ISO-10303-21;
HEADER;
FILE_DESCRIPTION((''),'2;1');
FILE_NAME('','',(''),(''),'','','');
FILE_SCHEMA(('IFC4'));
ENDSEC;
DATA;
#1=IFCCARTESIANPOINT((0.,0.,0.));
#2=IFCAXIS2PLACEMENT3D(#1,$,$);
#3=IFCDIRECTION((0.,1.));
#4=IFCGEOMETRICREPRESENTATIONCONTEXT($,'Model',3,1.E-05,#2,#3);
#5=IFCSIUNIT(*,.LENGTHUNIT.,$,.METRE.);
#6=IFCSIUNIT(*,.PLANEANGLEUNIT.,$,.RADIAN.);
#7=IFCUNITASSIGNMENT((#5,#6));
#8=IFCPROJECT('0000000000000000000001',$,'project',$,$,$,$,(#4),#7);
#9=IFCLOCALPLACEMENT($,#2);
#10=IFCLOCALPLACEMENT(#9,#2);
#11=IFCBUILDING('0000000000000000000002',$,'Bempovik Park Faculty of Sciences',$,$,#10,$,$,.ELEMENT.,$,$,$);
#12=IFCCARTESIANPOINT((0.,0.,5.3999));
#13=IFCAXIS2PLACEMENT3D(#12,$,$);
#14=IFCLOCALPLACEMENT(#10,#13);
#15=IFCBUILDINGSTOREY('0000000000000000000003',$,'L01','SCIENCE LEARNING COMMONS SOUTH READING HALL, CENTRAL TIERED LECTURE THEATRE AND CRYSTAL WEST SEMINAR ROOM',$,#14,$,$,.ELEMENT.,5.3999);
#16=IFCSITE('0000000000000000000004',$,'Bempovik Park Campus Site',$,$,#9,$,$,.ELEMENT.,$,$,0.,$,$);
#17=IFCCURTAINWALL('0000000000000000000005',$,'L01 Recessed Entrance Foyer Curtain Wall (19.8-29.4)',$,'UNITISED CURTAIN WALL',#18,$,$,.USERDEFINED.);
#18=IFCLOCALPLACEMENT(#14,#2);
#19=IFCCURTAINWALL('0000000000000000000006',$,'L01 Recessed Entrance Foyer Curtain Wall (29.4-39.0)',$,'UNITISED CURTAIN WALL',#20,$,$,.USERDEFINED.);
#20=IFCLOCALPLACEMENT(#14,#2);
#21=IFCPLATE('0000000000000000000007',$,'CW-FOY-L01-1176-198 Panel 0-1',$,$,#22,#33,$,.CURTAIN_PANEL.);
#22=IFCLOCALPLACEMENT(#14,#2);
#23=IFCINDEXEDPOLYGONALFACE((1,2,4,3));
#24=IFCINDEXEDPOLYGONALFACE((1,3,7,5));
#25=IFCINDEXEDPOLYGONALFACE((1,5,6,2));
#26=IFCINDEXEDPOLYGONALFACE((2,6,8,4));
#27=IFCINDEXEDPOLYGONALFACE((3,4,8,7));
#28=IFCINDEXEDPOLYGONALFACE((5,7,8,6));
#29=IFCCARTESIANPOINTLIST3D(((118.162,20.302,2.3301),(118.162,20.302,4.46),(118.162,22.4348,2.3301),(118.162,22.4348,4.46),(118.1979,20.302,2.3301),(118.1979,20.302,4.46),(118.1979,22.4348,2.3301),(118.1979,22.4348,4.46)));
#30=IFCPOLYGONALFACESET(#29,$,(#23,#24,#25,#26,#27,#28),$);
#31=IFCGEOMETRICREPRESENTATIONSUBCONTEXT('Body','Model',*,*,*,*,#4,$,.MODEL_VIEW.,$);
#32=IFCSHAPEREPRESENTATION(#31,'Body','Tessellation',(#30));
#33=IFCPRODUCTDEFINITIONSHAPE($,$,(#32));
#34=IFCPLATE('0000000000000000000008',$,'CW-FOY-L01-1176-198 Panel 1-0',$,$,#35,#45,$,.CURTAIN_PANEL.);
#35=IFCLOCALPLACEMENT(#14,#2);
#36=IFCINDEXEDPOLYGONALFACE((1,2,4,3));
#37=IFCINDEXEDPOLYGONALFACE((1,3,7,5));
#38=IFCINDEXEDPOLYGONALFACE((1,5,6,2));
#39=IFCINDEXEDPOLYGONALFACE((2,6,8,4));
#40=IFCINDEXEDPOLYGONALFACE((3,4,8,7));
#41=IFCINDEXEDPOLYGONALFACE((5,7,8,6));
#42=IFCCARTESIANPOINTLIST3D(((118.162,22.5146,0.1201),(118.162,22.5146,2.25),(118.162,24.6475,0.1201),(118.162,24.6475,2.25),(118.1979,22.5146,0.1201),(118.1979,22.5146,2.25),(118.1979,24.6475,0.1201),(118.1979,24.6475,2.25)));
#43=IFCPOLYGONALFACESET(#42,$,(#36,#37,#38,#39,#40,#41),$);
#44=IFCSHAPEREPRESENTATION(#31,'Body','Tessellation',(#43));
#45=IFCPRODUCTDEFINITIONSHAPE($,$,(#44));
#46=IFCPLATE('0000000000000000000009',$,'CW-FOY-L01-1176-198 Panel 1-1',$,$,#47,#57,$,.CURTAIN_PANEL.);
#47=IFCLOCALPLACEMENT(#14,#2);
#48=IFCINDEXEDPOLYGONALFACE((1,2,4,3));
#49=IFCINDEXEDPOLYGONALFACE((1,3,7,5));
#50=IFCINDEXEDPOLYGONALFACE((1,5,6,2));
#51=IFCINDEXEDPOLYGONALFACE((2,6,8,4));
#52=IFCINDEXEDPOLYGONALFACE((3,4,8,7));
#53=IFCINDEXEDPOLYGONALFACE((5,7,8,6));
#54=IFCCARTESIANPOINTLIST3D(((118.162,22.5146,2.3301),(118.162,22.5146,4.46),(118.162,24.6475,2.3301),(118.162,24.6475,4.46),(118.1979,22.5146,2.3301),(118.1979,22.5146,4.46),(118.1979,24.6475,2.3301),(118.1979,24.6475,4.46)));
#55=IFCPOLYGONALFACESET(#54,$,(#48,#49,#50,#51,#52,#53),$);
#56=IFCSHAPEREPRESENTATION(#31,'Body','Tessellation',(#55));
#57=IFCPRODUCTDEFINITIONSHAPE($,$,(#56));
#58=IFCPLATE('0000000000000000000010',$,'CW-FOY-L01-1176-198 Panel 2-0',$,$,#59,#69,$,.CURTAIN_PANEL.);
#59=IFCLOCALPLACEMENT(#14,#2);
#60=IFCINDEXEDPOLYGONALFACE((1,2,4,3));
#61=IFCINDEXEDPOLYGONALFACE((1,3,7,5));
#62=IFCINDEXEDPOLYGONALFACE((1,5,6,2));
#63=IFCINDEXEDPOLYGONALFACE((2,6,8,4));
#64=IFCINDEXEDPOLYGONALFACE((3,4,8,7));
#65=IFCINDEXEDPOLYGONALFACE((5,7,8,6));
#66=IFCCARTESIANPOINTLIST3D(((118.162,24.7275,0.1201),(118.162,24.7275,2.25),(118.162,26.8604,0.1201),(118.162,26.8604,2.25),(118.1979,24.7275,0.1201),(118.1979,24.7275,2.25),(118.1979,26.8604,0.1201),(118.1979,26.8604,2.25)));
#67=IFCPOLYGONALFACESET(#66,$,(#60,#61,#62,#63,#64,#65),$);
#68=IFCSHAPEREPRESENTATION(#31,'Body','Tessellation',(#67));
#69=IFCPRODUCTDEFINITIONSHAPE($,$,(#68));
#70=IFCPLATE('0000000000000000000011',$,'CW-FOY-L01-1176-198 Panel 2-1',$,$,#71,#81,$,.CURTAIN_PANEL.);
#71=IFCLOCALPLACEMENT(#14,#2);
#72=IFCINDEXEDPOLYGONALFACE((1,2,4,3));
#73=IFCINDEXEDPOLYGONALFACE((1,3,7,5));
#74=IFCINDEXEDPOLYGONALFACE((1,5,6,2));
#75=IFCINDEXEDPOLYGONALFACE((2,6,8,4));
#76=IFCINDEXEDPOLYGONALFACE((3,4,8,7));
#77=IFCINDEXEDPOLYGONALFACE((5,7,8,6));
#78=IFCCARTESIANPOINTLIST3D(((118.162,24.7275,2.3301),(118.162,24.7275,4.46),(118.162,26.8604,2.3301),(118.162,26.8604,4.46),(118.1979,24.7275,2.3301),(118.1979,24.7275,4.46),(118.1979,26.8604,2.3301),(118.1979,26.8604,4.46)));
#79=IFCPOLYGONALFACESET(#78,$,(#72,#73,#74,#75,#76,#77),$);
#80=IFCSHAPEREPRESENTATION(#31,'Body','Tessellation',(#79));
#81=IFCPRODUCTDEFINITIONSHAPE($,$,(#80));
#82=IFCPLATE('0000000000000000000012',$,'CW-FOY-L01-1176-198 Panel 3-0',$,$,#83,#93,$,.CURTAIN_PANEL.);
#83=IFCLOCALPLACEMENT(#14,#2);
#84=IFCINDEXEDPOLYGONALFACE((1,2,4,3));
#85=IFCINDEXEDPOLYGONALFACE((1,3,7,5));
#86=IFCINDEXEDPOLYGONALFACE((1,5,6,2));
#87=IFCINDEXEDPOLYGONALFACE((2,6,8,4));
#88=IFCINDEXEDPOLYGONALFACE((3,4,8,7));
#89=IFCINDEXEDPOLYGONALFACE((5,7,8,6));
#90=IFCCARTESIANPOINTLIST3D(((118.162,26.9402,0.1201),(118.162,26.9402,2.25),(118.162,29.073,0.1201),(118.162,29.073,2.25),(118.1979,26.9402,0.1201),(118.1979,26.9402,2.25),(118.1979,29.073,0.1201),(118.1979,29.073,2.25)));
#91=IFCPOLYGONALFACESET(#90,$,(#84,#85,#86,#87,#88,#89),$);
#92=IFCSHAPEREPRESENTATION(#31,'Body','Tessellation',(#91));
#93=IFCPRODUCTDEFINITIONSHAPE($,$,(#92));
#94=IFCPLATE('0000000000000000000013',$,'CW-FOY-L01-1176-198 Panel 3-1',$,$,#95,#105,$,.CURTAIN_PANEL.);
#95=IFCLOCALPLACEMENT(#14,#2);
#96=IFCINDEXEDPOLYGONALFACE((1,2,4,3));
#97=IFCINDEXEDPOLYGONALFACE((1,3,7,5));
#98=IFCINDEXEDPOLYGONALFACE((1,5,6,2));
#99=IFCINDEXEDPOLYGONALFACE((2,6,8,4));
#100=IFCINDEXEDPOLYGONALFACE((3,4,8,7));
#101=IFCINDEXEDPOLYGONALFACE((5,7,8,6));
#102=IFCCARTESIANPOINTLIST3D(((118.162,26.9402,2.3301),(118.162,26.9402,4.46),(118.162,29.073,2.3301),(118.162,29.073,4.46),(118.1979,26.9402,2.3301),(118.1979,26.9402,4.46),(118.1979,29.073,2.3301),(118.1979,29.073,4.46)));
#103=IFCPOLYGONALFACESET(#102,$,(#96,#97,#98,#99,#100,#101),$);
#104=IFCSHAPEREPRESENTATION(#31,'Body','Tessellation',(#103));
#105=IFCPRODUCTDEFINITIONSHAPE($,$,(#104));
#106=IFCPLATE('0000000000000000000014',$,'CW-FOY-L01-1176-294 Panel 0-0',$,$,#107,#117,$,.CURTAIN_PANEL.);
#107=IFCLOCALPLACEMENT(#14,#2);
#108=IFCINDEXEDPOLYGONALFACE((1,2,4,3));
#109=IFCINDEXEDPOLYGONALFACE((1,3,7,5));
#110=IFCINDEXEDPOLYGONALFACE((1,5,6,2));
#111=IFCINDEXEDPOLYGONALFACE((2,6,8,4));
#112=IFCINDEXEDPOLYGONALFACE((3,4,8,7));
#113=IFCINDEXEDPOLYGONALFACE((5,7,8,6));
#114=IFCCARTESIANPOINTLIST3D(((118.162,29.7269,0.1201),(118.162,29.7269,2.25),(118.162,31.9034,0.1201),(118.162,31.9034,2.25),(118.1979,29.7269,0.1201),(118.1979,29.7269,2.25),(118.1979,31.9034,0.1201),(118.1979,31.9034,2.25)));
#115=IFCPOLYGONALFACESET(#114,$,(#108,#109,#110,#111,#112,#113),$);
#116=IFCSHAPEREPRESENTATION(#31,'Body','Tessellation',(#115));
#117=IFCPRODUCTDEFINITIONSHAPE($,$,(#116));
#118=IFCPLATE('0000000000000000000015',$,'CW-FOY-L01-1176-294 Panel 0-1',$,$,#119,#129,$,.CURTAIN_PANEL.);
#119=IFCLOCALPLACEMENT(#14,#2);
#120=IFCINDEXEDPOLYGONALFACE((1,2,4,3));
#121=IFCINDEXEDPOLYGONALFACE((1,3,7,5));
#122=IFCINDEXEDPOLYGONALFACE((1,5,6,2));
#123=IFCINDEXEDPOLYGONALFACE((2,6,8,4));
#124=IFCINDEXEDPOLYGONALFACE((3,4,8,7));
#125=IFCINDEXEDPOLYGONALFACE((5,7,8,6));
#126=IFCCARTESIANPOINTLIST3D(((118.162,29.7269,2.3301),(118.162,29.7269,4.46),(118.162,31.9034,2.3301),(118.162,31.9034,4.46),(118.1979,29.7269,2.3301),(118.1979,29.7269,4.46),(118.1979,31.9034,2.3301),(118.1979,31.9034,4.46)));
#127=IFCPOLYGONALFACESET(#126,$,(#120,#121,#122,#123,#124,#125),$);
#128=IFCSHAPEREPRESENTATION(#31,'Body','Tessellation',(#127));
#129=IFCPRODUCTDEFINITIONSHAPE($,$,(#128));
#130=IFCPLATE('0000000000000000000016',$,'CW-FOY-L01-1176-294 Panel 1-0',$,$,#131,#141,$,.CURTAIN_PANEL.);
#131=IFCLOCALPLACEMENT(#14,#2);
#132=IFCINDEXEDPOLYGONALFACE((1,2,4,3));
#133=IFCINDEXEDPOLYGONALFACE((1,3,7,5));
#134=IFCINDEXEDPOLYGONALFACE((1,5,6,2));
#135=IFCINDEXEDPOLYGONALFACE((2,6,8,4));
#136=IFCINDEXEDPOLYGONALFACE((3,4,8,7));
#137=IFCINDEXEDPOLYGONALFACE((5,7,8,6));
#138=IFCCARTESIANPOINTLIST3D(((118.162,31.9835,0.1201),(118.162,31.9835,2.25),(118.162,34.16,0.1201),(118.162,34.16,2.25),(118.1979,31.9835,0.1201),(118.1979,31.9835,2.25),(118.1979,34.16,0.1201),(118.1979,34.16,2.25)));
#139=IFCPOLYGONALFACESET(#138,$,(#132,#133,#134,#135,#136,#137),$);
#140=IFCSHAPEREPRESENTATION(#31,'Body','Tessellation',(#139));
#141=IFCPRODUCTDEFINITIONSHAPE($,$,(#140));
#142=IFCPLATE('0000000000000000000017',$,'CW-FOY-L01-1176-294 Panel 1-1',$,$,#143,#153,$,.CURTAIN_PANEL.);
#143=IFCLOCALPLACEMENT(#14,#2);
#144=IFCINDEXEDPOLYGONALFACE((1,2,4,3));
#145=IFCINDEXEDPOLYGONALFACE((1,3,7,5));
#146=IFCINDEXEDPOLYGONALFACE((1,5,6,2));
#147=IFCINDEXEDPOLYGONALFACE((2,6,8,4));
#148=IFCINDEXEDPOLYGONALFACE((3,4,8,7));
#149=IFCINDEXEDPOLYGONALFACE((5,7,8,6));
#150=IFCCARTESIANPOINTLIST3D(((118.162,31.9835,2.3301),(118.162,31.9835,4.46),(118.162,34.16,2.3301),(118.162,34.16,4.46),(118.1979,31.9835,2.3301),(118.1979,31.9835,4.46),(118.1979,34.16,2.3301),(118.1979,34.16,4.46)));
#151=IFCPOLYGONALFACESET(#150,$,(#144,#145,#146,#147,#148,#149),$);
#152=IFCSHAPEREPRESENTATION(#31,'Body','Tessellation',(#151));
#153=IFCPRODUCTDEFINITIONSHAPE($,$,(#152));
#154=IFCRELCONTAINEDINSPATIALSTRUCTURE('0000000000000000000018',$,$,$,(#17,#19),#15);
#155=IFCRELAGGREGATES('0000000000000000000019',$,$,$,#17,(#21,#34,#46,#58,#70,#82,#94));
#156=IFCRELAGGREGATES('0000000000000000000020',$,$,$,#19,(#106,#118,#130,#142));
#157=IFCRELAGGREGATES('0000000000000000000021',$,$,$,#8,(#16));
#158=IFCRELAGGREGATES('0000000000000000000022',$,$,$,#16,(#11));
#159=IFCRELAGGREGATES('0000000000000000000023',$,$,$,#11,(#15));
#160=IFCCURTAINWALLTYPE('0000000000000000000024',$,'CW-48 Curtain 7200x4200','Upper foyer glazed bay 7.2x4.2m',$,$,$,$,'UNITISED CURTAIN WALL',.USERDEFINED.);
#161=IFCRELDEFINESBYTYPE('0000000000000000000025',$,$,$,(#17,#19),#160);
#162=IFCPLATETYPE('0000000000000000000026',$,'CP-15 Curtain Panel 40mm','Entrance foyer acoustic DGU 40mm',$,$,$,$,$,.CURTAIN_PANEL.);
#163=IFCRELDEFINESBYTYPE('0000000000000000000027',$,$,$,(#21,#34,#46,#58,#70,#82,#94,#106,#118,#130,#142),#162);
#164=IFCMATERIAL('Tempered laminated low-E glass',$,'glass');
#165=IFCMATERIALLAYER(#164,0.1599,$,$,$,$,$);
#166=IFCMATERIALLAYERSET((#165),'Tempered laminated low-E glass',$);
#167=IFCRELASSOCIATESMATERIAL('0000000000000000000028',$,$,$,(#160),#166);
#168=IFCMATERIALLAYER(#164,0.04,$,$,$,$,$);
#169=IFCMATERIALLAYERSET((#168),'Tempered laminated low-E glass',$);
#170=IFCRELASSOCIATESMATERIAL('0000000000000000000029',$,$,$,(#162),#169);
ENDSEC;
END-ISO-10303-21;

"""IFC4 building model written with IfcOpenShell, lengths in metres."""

from ifc_helpers import new_model, si_unit, direction, frame, origin, origin_2d, place, context, subcontext, project, spatial, rectangle, extrude, material, layer, layer_set, type_object, element, aggregate, save


model = new_model("IFC4")

# Units and contexts
model_context = context("Model", 3, precision=1e-05, world=origin(), true_north=direction((0.0, 1.0)))
body_context = subcontext(model_context, "Body", "Model", "MODEL_VIEW")
ifc_project = project(units=[si_unit("LENGTHUNIT", "METRE"), si_unit("PLANEANGLEUNIT", "RADIAN")], contexts=[model_context])

# Site, building, storey
site_placement = place(None, origin())
site = spatial("IfcSite", under=ifc_project, at=site_placement, Name="Bempovik Park Campus Site", CompositionType="ELEMENT", RefElevation=0.0)
building_placement = place(site_placement, origin())
building = spatial("IfcBuilding", under=site, at=building_placement, Name="Bempovik Park Faculty of Sciences", CompositionType="ELEMENT")
storey_placement = place(building_placement, frame((0.0, 0.0, 5.3999)))
storey = spatial("IfcBuildingStorey", under=building, at=storey_placement, Name="L01", Description="SCIENCE LEARNING COMMONS SOUTH READING HALL, CENTRAL TIERED LECTURE THEATRE AND CRYSTAL WEST SEMINAR ROOM", CompositionType="ELEMENT", Elevation=5.3999)

# Curtain walls
ifc_material_1 = material(Name="Tempered laminated low-E glass", Category="glass")
ifc_layer_1 = layer(ifc_material_1, 0.1599)
ifc_layer_set_1 = layer_set([ifc_layer_1], Name="Tempered laminated low-E glass")
curtain_wall_type = type_object("IfcCurtainWallType", Name="CW-48 Curtain 7200x4200", Description="Upper foyer glazed bay 7.2x4.2m", ElementType="UNITISED CURTAIN WALL", PredefinedType="USERDEFINED", material=ifc_layer_set_1)
curtain_wall_1_placement = place(storey_placement, origin())
curtain_wall_1 = element("IfcCurtainWall", 1, at=curtain_wall_1_placement, inside=storey, type_object=curtain_wall_type, Name="L01 Recessed Entrance Foyer Curtain Wall (19.8-29.4)", ObjectType="UNITISED CURTAIN WALL", PredefinedType="USERDEFINED")
curtain_wall_2_placement = place(storey_placement, origin())
curtain_wall_2 = element("IfcCurtainWall", 2, at=curtain_wall_2_placement, inside=storey, type_object=curtain_wall_type, Name="L01 Recessed Entrance Foyer Curtain Wall (29.4-39.0)", ObjectType="UNITISED CURTAIN WALL", PredefinedType="USERDEFINED")

# Plates
ifc_layer_2 = layer(ifc_material_1, 0.04)
ifc_layer_set_2 = layer_set([ifc_layer_2], Name="Tempered laminated low-E glass")
plate_type = type_object("IfcPlateType", Name="CP-15 Curtain Panel 40mm", Description="Entrance foyer acoustic DGU 40mm", PredefinedType="CURTAIN_PANEL", material=ifc_layer_set_2)
plate_1_placement = place(storey_placement, frame((118.1799, 21.3684, 2.3301), z_axis=(0.0, 0.0, 1.0), x_axis=(0.0, 1.0, 0.0)))
plate_1 = element("IfcPlate", 3, at=plate_1_placement, type_object=plate_type, Name="CW-FOY-L01-1176-198 Panel 0-1", PredefinedType="CURTAIN_PANEL", context=body_context, shape_type="SweptSolid", body=[
    extrude(rectangle(XDim=2.1328, YDim=0.0359, at=origin_2d()), origin(), (0.0, 0.0, 1.0), 2.1299),
])
plate_2_placement = place(storey_placement, frame((118.1799, 23.5811, 0.1201), z_axis=(0.0, 0.0, 1.0), x_axis=(0.0, 1.0, 0.0)))
plate_2 = element("IfcPlate", 4, at=plate_2_placement, type_object=plate_type, Name="CW-FOY-L01-1176-198 Panel 1-0", PredefinedType="CURTAIN_PANEL", context=body_context, shape_type="SweptSolid", body=[
    extrude(rectangle(XDim=2.1328, YDim=0.0359, at=origin_2d()), origin(), (0.0, 0.0, 1.0), 2.1299),
])
plate_3_placement = place(storey_placement, frame((118.1799, 23.5811, 2.3301), z_axis=(0.0, 0.0, 1.0), x_axis=(0.0, 1.0, 0.0)))
plate_3 = element("IfcPlate", 5, at=plate_3_placement, type_object=plate_type, Name="CW-FOY-L01-1176-198 Panel 1-1", PredefinedType="CURTAIN_PANEL", context=body_context, shape_type="SweptSolid", body=[
    extrude(rectangle(XDim=2.1328, YDim=0.0359, at=origin_2d()), origin(), (0.0, 0.0, 1.0), 2.1299),
])
plate_4_placement = place(storey_placement, frame((118.1799, 25.7939, 0.1201), z_axis=(0.0, 0.0, 1.0), x_axis=(0.0, 1.0, 0.0)))
plate_4 = element("IfcPlate", 6, at=plate_4_placement, type_object=plate_type, Name="CW-FOY-L01-1176-198 Panel 2-0", PredefinedType="CURTAIN_PANEL", context=body_context, shape_type="SweptSolid", body=[
    extrude(rectangle(XDim=2.1328, YDim=0.0359, at=origin_2d()), origin(), (0.0, 0.0, 1.0), 2.1299),
])
plate_5_placement = place(storey_placement, frame((118.1799, 25.7939, 2.3301), z_axis=(0.0, 0.0, 1.0), x_axis=(0.0, 1.0, 0.0)))
plate_5 = element("IfcPlate", 7, at=plate_5_placement, type_object=plate_type, Name="CW-FOY-L01-1176-198 Panel 2-1", PredefinedType="CURTAIN_PANEL", context=body_context, shape_type="SweptSolid", body=[
    extrude(rectangle(XDim=2.1328, YDim=0.0359, at=origin_2d()), origin(), (0.0, 0.0, 1.0), 2.1299),
])
plate_6_placement = place(storey_placement, frame((118.1799, 28.0066, 0.1201), z_axis=(0.0, 0.0, 1.0), x_axis=(0.0, 1.0, 0.0)))
plate_6 = element("IfcPlate", 8, at=plate_6_placement, type_object=plate_type, Name="CW-FOY-L01-1176-198 Panel 3-0", PredefinedType="CURTAIN_PANEL", context=body_context, shape_type="SweptSolid", body=[
    extrude(rectangle(XDim=2.1328, YDim=0.0359, at=origin_2d()), origin(), (0.0, 0.0, 1.0), 2.1299),
])
plate_7_placement = place(storey_placement, frame((118.1799, 28.0066, 2.3301), z_axis=(0.0, 0.0, 1.0), x_axis=(0.0, 1.0, 0.0)))
plate_7 = element("IfcPlate", 9, at=plate_7_placement, type_object=plate_type, Name="CW-FOY-L01-1176-198 Panel 3-1", PredefinedType="CURTAIN_PANEL", context=body_context, shape_type="SweptSolid", body=[
    extrude(rectangle(XDim=2.1328, YDim=0.0359, at=origin_2d()), origin(), (0.0, 0.0, 1.0), 2.1299),
])
aggregate(curtain_wall_1, [plate_1, plate_2, plate_3, plate_4, plate_5, plate_6, plate_7])
plate_8_placement = place(storey_placement, frame((118.1799, 30.8152, 0.1201), z_axis=(0.0, 0.0, 1.0), x_axis=(0.0, 1.0, 0.0)))
plate_8 = element("IfcPlate", 10, at=plate_8_placement, type_object=plate_type, Name="CW-FOY-L01-1176-294 Panel 0-0", PredefinedType="CURTAIN_PANEL", context=body_context, shape_type="SweptSolid", body=[
    extrude(rectangle(XDim=2.1765, YDim=0.0359, at=origin_2d()), origin(), (0.0, 0.0, 1.0), 2.1299),
])
plate_9_placement = place(storey_placement, frame((118.1799, 30.8152, 2.3301), z_axis=(0.0, 0.0, 1.0), x_axis=(0.0, 1.0, 0.0)))
plate_9 = element("IfcPlate", 11, at=plate_9_placement, type_object=plate_type, Name="CW-FOY-L01-1176-294 Panel 0-1", PredefinedType="CURTAIN_PANEL", context=body_context, shape_type="SweptSolid", body=[
    extrude(rectangle(XDim=2.1765, YDim=0.0359, at=origin_2d()), origin(), (0.0, 0.0, 1.0), 2.1299),
])
plate_10_placement = place(storey_placement, frame((118.1799, 33.0718, 0.1201), z_axis=(0.0, 0.0, 1.0), x_axis=(0.0, 1.0, 0.0)))
plate_10 = element("IfcPlate", 12, at=plate_10_placement, type_object=plate_type, Name="CW-FOY-L01-1176-294 Panel 1-0", PredefinedType="CURTAIN_PANEL", context=body_context, shape_type="SweptSolid", body=[
    extrude(rectangle(XDim=2.1765, YDim=0.0359, at=origin_2d()), origin(), (0.0, 0.0, 1.0), 2.1299),
])
plate_11_placement = place(storey_placement, frame((118.1799, 33.0718, 2.3301), z_axis=(0.0, 0.0, 1.0), x_axis=(0.0, 1.0, 0.0)))
plate_11 = element("IfcPlate", 13, at=plate_11_placement, type_object=plate_type, Name="CW-FOY-L01-1176-294 Panel 1-1", PredefinedType="CURTAIN_PANEL", context=body_context, shape_type="SweptSolid", body=[
    extrude(rectangle(XDim=2.1765, YDim=0.0359, at=origin_2d()), origin(), (0.0, 0.0, 1.0), 2.1299),
])
aggregate(curtain_wall_2, [plate_8, plate_9, plate_10, plate_11])

save(model, "model.ifc")
